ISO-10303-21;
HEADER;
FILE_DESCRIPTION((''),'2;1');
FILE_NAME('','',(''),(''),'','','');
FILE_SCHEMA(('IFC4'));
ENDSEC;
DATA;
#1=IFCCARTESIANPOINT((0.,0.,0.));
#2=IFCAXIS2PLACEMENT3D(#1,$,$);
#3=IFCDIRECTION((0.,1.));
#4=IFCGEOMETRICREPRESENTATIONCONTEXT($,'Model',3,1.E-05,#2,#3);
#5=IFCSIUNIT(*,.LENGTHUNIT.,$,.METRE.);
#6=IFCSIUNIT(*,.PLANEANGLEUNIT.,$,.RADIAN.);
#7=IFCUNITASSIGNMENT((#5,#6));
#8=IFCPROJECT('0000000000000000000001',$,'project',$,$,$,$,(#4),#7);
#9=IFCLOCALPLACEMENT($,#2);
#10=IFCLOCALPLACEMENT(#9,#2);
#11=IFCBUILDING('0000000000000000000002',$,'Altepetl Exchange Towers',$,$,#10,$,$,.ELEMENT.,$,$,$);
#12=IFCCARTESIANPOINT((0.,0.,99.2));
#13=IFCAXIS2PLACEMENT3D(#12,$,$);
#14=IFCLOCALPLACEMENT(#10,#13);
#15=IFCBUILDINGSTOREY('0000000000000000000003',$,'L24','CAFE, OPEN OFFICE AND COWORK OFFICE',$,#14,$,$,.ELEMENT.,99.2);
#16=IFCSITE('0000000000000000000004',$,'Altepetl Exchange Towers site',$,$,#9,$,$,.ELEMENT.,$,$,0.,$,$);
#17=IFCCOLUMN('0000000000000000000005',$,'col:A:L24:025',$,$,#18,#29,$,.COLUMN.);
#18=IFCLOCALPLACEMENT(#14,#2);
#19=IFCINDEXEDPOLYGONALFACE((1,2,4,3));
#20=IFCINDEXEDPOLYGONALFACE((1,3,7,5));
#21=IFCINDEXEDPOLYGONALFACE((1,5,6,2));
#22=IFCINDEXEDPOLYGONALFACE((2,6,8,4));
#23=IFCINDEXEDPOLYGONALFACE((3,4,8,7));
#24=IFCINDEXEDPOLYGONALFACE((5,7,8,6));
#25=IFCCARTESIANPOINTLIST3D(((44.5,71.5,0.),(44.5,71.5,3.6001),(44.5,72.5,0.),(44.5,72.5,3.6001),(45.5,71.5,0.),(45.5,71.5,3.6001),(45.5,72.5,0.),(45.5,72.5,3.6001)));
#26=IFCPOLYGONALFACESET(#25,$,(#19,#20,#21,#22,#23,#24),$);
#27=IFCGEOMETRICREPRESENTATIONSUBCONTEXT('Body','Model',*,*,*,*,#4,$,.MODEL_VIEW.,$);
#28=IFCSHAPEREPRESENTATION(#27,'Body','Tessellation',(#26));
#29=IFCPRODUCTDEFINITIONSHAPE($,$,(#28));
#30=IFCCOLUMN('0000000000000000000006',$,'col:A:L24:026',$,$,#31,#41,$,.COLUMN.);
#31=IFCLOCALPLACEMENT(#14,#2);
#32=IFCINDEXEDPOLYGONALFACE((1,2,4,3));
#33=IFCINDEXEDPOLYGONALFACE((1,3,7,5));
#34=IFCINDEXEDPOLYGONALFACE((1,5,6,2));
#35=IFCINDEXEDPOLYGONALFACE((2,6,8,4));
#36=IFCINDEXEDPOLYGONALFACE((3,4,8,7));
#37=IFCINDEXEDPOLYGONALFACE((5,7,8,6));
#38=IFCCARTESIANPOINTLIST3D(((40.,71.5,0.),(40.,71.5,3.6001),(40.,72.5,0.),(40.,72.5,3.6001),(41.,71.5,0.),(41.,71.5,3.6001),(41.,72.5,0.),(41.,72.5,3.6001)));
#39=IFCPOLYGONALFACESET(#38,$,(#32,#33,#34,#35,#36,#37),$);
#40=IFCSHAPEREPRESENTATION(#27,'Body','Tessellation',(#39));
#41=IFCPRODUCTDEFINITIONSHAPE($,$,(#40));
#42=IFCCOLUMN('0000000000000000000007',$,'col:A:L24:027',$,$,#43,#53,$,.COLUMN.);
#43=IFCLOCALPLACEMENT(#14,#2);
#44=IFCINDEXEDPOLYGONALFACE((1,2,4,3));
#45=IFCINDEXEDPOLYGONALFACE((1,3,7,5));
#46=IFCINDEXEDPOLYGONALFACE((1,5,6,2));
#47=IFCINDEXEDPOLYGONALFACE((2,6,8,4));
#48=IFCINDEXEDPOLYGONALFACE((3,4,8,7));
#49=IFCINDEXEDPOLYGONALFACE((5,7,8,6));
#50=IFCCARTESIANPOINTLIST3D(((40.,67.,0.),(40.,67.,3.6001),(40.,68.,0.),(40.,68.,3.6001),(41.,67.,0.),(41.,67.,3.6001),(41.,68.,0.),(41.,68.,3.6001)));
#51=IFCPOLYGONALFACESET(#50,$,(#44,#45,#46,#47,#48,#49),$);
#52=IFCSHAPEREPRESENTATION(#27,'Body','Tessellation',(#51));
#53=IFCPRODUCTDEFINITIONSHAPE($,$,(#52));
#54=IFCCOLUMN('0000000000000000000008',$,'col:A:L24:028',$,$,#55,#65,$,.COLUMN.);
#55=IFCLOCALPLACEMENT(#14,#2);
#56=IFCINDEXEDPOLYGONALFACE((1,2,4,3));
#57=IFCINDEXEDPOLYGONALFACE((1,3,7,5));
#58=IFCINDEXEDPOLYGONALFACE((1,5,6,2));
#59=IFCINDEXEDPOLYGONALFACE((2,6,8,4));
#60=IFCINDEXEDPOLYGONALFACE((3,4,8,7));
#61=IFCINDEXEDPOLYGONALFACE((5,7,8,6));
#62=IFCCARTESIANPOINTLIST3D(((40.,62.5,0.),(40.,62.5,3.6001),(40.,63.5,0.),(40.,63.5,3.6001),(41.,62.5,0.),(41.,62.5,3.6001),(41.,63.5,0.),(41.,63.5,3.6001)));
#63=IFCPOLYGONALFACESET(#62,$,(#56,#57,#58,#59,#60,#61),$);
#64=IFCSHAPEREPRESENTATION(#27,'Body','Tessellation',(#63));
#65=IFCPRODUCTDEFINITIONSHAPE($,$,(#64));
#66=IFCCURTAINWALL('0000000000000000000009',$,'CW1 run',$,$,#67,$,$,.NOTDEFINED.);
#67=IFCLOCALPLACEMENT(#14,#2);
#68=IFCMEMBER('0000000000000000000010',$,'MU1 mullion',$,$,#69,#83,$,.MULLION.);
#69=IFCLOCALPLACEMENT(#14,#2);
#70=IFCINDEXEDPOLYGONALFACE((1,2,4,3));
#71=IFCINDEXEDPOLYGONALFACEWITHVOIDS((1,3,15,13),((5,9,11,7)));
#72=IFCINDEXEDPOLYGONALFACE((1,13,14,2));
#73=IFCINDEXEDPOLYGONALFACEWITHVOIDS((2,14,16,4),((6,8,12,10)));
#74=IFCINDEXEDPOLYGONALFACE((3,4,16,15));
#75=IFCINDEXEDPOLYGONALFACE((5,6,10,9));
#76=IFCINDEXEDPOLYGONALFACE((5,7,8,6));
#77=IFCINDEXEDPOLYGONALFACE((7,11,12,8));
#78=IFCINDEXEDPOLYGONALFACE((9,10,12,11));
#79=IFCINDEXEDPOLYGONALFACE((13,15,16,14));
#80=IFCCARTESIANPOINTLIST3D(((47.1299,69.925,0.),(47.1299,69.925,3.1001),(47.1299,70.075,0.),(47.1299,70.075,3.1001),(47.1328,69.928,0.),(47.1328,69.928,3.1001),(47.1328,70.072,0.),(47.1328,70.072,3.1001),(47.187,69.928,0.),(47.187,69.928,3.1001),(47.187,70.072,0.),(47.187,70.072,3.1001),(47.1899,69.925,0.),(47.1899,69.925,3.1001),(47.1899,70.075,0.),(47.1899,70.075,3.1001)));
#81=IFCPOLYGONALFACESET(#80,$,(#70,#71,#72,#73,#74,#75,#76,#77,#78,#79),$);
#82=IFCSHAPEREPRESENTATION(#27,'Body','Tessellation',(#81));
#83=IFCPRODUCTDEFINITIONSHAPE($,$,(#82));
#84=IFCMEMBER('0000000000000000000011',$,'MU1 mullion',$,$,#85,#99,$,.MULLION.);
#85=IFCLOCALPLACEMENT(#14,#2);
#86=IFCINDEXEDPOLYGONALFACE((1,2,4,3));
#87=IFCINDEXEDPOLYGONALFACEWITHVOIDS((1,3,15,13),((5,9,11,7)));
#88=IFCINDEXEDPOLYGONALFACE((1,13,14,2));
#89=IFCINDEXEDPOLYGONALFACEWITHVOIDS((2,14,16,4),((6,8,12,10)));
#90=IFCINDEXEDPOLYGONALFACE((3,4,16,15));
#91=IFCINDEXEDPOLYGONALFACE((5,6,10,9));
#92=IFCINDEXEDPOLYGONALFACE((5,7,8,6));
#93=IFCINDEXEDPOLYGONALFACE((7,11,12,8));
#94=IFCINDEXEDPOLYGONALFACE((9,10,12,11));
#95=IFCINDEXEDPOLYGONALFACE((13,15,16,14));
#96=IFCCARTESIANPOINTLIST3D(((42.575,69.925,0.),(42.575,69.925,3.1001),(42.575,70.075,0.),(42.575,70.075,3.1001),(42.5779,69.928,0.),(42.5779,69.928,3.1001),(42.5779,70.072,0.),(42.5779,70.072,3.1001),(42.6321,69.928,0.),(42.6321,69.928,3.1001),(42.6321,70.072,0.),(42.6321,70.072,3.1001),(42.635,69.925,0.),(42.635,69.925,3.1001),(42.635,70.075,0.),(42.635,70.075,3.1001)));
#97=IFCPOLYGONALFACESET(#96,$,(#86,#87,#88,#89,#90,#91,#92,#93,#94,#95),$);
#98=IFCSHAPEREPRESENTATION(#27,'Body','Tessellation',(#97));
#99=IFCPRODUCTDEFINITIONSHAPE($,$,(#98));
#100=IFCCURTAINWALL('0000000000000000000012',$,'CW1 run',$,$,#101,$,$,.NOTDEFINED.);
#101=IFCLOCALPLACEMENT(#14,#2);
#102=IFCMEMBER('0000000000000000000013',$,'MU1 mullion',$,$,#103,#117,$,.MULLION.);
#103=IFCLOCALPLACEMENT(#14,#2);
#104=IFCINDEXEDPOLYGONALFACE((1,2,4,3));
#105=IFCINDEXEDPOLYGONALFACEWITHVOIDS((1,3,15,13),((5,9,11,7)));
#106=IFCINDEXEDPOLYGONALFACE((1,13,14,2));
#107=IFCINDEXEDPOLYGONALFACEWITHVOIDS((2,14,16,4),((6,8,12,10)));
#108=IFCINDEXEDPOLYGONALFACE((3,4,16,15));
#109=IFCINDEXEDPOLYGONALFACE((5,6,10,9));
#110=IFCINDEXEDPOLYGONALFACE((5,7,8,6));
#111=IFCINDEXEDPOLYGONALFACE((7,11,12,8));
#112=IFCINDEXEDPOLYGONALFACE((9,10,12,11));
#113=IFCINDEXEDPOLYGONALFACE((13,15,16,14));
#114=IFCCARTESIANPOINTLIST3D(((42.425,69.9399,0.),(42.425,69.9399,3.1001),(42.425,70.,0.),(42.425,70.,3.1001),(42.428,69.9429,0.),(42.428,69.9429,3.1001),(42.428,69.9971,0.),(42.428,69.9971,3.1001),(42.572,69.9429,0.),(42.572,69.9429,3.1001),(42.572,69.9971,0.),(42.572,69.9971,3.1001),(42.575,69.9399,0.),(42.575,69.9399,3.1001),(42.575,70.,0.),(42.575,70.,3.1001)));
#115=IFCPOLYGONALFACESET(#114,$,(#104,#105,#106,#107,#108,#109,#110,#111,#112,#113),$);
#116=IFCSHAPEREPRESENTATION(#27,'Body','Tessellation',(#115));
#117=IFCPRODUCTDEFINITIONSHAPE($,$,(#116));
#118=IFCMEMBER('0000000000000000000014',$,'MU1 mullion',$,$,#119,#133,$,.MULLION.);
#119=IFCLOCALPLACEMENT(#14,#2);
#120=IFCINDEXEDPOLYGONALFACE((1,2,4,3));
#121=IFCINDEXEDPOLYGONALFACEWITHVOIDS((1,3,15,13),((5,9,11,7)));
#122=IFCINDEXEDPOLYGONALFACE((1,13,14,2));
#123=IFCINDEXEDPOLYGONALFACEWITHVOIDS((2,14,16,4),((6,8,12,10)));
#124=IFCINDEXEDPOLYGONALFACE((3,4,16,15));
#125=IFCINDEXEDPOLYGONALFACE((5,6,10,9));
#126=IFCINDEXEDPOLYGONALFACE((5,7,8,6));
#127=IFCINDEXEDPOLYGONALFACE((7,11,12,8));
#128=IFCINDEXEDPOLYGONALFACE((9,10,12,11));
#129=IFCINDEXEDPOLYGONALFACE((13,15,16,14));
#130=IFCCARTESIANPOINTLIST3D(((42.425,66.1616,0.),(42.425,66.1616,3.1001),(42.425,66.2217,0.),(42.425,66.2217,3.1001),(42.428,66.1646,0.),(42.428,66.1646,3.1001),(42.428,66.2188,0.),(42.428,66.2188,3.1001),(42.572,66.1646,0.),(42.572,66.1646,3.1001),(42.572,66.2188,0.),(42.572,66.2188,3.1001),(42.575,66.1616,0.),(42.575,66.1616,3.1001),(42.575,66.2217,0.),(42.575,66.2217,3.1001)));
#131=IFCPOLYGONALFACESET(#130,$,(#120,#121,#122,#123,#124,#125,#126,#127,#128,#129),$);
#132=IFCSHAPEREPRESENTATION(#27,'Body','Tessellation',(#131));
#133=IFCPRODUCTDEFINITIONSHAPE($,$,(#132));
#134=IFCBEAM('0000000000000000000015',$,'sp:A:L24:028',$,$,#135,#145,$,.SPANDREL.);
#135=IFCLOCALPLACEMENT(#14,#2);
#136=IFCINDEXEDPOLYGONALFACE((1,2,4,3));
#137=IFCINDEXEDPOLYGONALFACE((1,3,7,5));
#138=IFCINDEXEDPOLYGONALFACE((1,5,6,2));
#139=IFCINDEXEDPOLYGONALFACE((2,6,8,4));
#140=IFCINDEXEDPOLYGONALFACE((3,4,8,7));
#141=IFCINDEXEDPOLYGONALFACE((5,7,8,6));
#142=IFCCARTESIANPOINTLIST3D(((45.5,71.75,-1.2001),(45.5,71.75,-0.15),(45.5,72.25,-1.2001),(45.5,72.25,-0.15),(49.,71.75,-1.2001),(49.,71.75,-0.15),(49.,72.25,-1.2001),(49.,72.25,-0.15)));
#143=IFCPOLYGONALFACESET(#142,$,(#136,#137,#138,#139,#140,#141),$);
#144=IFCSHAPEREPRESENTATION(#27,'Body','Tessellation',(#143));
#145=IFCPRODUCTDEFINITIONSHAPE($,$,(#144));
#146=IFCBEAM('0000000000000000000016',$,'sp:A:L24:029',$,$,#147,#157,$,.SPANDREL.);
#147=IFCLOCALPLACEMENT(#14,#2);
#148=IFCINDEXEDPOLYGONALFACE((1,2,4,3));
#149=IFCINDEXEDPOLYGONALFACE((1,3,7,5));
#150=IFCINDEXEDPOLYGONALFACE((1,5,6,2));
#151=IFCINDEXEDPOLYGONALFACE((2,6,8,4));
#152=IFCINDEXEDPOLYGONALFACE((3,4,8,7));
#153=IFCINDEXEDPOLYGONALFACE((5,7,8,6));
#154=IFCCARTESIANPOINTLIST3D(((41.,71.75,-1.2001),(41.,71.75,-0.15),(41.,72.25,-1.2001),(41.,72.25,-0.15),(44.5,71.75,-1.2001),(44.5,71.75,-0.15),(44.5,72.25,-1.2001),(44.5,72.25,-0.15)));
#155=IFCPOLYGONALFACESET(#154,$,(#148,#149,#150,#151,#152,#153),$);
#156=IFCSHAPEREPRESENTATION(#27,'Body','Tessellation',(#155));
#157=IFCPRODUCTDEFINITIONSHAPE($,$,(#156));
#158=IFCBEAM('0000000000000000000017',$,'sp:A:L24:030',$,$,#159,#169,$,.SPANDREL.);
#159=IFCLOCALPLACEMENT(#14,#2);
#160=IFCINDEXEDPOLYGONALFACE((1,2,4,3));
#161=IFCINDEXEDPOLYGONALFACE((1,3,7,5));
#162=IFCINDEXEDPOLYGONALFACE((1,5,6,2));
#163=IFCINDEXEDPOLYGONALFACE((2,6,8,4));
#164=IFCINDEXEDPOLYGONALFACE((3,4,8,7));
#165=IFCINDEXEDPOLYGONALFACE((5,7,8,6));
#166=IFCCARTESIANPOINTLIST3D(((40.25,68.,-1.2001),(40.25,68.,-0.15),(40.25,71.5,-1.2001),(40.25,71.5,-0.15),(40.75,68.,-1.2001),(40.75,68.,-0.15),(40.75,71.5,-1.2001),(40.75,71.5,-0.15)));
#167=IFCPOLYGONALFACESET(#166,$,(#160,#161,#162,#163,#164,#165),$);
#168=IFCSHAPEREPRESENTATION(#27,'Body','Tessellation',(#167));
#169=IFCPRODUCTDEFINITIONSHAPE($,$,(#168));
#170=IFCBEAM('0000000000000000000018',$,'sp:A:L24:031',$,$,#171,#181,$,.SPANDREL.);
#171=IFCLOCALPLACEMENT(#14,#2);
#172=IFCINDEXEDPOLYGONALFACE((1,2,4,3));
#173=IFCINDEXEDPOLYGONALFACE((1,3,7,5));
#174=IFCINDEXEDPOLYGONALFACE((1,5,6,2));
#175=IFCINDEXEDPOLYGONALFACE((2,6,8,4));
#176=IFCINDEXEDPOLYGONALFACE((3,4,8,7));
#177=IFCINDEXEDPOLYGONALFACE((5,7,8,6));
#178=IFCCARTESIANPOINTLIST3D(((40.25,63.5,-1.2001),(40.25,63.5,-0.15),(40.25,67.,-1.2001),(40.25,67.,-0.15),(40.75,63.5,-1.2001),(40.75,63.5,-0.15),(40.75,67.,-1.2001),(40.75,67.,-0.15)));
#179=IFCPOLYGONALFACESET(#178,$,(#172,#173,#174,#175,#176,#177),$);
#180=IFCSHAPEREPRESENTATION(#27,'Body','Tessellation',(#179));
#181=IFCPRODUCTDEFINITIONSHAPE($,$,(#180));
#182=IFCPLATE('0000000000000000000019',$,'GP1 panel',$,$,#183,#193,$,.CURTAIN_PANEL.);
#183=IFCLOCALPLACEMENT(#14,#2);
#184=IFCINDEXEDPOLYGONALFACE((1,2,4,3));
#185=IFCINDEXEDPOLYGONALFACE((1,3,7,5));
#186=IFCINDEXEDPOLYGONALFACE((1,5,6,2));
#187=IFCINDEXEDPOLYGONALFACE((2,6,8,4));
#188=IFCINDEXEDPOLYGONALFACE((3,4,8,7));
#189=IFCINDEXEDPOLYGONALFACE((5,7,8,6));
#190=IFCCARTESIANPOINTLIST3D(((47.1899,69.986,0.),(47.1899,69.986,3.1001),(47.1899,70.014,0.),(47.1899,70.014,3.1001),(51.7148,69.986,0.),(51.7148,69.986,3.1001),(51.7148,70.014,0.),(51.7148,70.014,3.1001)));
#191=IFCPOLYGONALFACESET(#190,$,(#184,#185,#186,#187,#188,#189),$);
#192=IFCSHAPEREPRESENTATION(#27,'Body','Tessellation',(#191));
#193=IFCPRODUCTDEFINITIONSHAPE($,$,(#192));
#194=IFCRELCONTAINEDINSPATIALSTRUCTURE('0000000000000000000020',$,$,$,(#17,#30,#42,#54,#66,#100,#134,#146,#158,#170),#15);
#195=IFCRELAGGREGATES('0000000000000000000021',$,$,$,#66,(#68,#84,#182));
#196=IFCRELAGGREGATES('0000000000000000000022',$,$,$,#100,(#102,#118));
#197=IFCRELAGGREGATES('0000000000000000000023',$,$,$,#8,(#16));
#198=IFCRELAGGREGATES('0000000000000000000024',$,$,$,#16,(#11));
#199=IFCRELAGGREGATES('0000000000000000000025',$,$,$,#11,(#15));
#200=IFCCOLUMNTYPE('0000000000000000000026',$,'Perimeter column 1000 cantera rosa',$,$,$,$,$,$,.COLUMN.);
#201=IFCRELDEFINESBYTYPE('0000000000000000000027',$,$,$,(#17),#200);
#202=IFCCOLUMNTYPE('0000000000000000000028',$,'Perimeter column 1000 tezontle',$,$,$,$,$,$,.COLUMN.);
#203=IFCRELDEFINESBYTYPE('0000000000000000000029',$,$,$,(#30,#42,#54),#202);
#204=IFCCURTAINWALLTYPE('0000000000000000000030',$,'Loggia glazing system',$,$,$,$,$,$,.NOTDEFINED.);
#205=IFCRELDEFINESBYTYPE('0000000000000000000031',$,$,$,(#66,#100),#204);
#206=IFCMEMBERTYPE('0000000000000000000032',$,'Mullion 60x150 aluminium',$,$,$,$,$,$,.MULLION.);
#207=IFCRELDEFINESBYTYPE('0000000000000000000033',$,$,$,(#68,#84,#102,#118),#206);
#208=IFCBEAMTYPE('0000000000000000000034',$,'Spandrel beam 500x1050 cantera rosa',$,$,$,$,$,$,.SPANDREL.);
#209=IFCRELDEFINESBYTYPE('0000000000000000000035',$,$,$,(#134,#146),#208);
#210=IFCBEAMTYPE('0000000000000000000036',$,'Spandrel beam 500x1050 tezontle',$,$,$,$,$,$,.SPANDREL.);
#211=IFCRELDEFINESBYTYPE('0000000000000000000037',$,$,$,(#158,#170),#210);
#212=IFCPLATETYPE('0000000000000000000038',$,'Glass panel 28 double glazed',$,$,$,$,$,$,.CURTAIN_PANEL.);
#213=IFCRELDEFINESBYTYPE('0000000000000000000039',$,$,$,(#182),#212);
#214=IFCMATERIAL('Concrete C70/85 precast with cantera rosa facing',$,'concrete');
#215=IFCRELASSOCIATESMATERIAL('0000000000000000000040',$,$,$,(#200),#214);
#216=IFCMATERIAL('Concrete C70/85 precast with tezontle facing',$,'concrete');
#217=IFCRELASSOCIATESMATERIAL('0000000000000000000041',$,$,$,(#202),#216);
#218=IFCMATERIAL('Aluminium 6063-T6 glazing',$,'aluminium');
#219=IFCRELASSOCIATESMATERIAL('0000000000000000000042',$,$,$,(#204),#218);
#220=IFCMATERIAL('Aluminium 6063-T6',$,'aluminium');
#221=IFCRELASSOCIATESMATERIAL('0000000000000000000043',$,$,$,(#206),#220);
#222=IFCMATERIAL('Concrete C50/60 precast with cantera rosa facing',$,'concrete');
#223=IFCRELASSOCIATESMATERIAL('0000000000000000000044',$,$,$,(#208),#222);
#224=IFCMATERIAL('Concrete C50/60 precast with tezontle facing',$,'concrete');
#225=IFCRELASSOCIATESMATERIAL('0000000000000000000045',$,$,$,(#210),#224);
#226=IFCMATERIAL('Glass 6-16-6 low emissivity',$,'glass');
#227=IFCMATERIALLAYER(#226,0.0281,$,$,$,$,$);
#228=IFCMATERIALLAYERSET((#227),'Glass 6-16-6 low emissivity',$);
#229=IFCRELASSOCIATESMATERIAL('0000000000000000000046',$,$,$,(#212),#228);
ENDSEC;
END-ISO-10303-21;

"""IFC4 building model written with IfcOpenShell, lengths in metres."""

from ifc_helpers import new_model, si_unit, direction, frame, origin, origin_2d, place, context, subcontext, project, spatial, rectangle, hollow_rectangle, extrude, material, layer, layer_set, material_profile, profile_set, type_object, element, aggregate, save


model = new_model("IFC4")

# Units and contexts
model_context = context("Model", 3, precision=1e-05, world=origin(), true_north=direction((0.0, 1.0)))
body_context = subcontext(model_context, "Body", "Model", "MODEL_VIEW")
ifc_project = project(units=[si_unit("LENGTHUNIT", "METRE"), si_unit("PLANEANGLEUNIT", "RADIAN")], contexts=[model_context])

# Site, building, storey
site_placement = place(None, origin())
site = spatial("IfcSite", under=ifc_project, at=site_placement, Name="Altepetl Exchange Towers site", CompositionType="ELEMENT", RefElevation=0.0)
building_placement = place(site_placement, origin())
building = spatial("IfcBuilding", under=site, at=building_placement, Name="Altepetl Exchange Towers", CompositionType="ELEMENT")
storey_placement = place(building_placement, frame((0.0, 0.0, 99.2)))
storey = spatial("IfcBuildingStorey", under=building, at=storey_placement, Name="L24", Description="CAFE, OPEN OFFICE AND COWORK OFFICE", CompositionType="ELEMENT", Elevation=99.2)

# Columns
ifc_material_1 = material(Name="Concrete C70/85 precast with cantera rosa facing", Category="concrete")
ifc_material_profile_1 = material_profile(ifc_material_1, rectangle(XDim=1.0, YDim=1.0, at=origin_2d()), Name="1000 x 1000")
ifc_profile_set_1 = profile_set([ifc_material_profile_1], Name="Concrete C70/85 precast with cantera rosa facing")
column_type_1 = type_object("IfcColumnType", Name="Perimeter column 1000 cantera rosa", PredefinedType="COLUMN", material=ifc_profile_set_1)
column_placement = place(storey_placement, frame((45.0, 72.0, 0.0)))
element("IfcColumn", 1, at=column_placement, inside=storey, type_object=column_type_1, Name="col:A:L24:025", PredefinedType="COLUMN", context=body_context, shape_type="SweptSolid", body=[
    extrude(rectangle(XDim=1.0, YDim=1.0, at=origin_2d()), origin(), (0.0, 0.0, 1.0), 3.6001),
])
ifc_material_2 = material(Name="Concrete C70/85 precast with tezontle facing", Category="concrete")
ifc_material_profile_2 = material_profile(ifc_material_2, rectangle(XDim=1.0, YDim=1.0, at=origin_2d()), Name="1000 x 1000")
ifc_profile_set_2 = profile_set([ifc_material_profile_2], Name="Concrete C70/85 precast with tezontle facing")
column_type_2 = type_object("IfcColumnType", Name="Perimeter column 1000 tezontle", PredefinedType="COLUMN", material=ifc_profile_set_2)
for number, where, name in (
    (2, (40.5, 72.0, 0.0), "col:A:L24:026"),
    (3, (40.5, 67.5, 0.0), "col:A:L24:027"),
    (4, (40.5, 63.0, 0.0), "col:A:L24:028"),
):
    element("IfcColumn", number, at=place(storey_placement, frame(where)), inside=storey, type_object=column_type_2, Name=name, PredefinedType="COLUMN", context=body_context, shape_type="SweptSolid", body=[
        extrude(rectangle(XDim=1.0, YDim=1.0, at=origin_2d()), origin(), (0.0, 0.0, 1.0), 3.6001),
    ])

# Curtain walls, members
ifc_material_3 = material(Name="Aluminium 6063-T6 glazing", Category="aluminium")
curtain_wall_type = type_object("IfcCurtainWallType", Name="Loggia glazing system", PredefinedType="NOTDEFINED", material=ifc_material_3)
curtain_wall_1_placement = place(storey_placement, origin())
curtain_wall_1 = element("IfcCurtainWall", 5, at=curtain_wall_1_placement, inside=storey, type_object=curtain_wall_type, Name="CW1 run", PredefinedType="NOTDEFINED")
ifc_material_4 = material(Name="Aluminium 6063-T6", Category="aluminium")
ifc_material_profile_3 = material_profile(ifc_material_4, hollow_rectangle(XDim=0.0601, YDim=0.1499, WallThickness=0.0029, at=origin_2d()), Name="Mullion 60x150 aluminium")
ifc_profile_set_3 = profile_set([ifc_material_profile_3], Name="Aluminium 6063-T6")
member_type = type_object("IfcMemberType", Name="Mullion 60x150 aluminium", PredefinedType="MULLION", material=ifc_profile_set_3)
member_1_placement = place(storey_placement, frame((47.1599, 70.0, 0.0), z_axis=(0.0, 0.0, 1.0), x_axis=(-1.0, 0.0, 0.0)))
member_1 = element("IfcMember", 6, at=member_1_placement, type_object=member_type, Name="MU1 mullion", PredefinedType="MULLION", context=body_context, shape_type="SweptSolid", body=[
    extrude(hollow_rectangle(XDim=0.0601, YDim=0.1499, WallThickness=0.0029, at=origin_2d()), origin(), (0.0, 0.0, 1.0), 3.1001),
])
member_2_placement = place(storey_placement, frame((42.605, 70.0, 0.0), z_axis=(0.0, 0.0, 1.0), x_axis=(-1.0, 0.0, 0.0)))
member_2 = element("IfcMember", 7, at=member_2_placement, type_object=member_type, Name="MU1 mullion", PredefinedType="MULLION", context=body_context, shape_type="SweptSolid", body=[
    extrude(hollow_rectangle(XDim=0.0601, YDim=0.1499, WallThickness=0.0029, at=origin_2d()), origin(), (0.0, 0.0, 1.0), 3.1001),
])
curtain_wall_2_placement = place(storey_placement, origin())
curtain_wall_2 = element("IfcCurtainWall", 8, at=curtain_wall_2_placement, inside=storey, type_object=curtain_wall_type, Name="CW1 run", PredefinedType="NOTDEFINED")
member_3_placement = place(storey_placement, frame((42.5, 69.97, 0.0), z_axis=(0.0, 0.0, 1.0), x_axis=(0.0, -1.0, 0.0)))
member_3 = element("IfcMember", 9, at=member_3_placement, type_object=member_type, Name="MU1 mullion", PredefinedType="MULLION", context=body_context, shape_type="SweptSolid", body=[
    extrude(hollow_rectangle(XDim=0.0601, YDim=0.1499, WallThickness=0.0029, at=origin_2d()), origin(), (0.0, 0.0, 1.0), 3.1001),
])
member_4_placement = place(storey_placement, frame((42.5, 66.1917, 0.0), z_axis=(0.0, 0.0, 1.0), x_axis=(0.0, -1.0, 0.0)))
member_4 = element("IfcMember", 10, at=member_4_placement, type_object=member_type, Name="MU1 mullion", PredefinedType="MULLION", context=body_context, shape_type="SweptSolid", body=[
    extrude(hollow_rectangle(XDim=0.0601, YDim=0.1499, WallThickness=0.0029, at=origin_2d()), origin(), (0.0, 0.0, 1.0), 3.1001),
])

# Beams
ifc_material_5 = material(Name="Concrete C50/60 precast with cantera rosa facing", Category="concrete")
ifc_material_profile_4 = material_profile(ifc_material_5, rectangle(XDim=0.5, YDim=1.05, at=origin_2d()), Name="500 x 1050")
ifc_profile_set_4 = profile_set([ifc_material_profile_4], Name="Concrete C50/60 precast with cantera rosa facing")
beam_type_1 = type_object("IfcBeamType", Name="Spandrel beam 500x1050 cantera rosa", PredefinedType="SPANDREL", material=ifc_profile_set_4)
for number, where, z_axis, x_axis, name in (
    (11, (49.0, 72.0, -0.675), (-1.0, 0.0, 0.0), (0.0, -1.0, 0.0), "sp:A:L24:028"),
    (12, (44.5, 72.0, -0.675), (-1.0, 0.0, 0.0), (0.0, -1.0, 0.0), "sp:A:L24:029"),
):
    element("IfcBeam", number, at=place(storey_placement, frame(where, z_axis=z_axis, x_axis=x_axis)), inside=storey, type_object=beam_type_1, Name=name, PredefinedType="SPANDREL", context=body_context, shape_type="SweptSolid", body=[
        extrude(rectangle(XDim=0.5, YDim=1.05, at=origin_2d()), origin(), (0.0, 0.0, 1.0), 3.5),
    ])
ifc_material_6 = material(Name="Concrete C50/60 precast with tezontle facing", Category="concrete")
ifc_material_profile_5 = material_profile(ifc_material_6, rectangle(XDim=0.5, YDim=1.05, at=origin_2d()), Name="500 x 1050")
ifc_profile_set_5 = profile_set([ifc_material_profile_5], Name="Concrete C50/60 precast with tezontle facing")
beam_type_2 = type_object("IfcBeamType", Name="Spandrel beam 500x1050 tezontle", PredefinedType="SPANDREL", material=ifc_profile_set_5)
for number, where, z_axis, x_axis, name in (
    (13, (40.5, 71.5, -0.675), (0.0, -1.0, 0.0), (1.0, 0.0, 0.0), "sp:A:L24:030"),
    (14, (40.5, 67.0, -0.675), (0.0, -1.0, 0.0), (1.0, 0.0, 0.0), "sp:A:L24:031"),
):
    element("IfcBeam", number, at=place(storey_placement, frame(where, z_axis=z_axis, x_axis=x_axis)), inside=storey, type_object=beam_type_2, Name=name, PredefinedType="SPANDREL", context=body_context, shape_type="SweptSolid", body=[
        extrude(rectangle(XDim=0.5, YDim=1.05, at=origin_2d()), origin(), (0.0, 0.0, 1.0), 3.5),
    ])

# Plate
ifc_material_7 = material(Name="Glass 6-16-6 low emissivity", Category="glass")
ifc_layer = layer(ifc_material_7, 0.0281)
ifc_layer_set = layer_set([ifc_layer], Name="Glass 6-16-6 low emissivity")
plate_type = type_object("IfcPlateType", Name="Glass panel 28 double glazed", PredefinedType="CURTAIN_PANEL", material=ifc_layer_set)
plate_1_placement = place(storey_placement, frame((49.4524, 70.0, 0.0), z_axis=(0.0, 0.0, 1.0), x_axis=(-1.0, 0.0, 0.0)))
plate_1 = element("IfcPlate", 15, at=plate_1_placement, type_object=plate_type, Name="GP1 panel", PredefinedType="CURTAIN_PANEL", context=body_context, shape_type="SweptSolid", body=[
    extrude(rectangle(XDim=4.5249, YDim=0.0281, at=origin_2d()), origin(), (0.0, 0.0, 1.0), 3.1001),
])
aggregate(curtain_wall_1, [member_1, member_2, plate_1])
aggregate(curtain_wall_2, [member_3, member_4])

save(model, "model.ifc")
